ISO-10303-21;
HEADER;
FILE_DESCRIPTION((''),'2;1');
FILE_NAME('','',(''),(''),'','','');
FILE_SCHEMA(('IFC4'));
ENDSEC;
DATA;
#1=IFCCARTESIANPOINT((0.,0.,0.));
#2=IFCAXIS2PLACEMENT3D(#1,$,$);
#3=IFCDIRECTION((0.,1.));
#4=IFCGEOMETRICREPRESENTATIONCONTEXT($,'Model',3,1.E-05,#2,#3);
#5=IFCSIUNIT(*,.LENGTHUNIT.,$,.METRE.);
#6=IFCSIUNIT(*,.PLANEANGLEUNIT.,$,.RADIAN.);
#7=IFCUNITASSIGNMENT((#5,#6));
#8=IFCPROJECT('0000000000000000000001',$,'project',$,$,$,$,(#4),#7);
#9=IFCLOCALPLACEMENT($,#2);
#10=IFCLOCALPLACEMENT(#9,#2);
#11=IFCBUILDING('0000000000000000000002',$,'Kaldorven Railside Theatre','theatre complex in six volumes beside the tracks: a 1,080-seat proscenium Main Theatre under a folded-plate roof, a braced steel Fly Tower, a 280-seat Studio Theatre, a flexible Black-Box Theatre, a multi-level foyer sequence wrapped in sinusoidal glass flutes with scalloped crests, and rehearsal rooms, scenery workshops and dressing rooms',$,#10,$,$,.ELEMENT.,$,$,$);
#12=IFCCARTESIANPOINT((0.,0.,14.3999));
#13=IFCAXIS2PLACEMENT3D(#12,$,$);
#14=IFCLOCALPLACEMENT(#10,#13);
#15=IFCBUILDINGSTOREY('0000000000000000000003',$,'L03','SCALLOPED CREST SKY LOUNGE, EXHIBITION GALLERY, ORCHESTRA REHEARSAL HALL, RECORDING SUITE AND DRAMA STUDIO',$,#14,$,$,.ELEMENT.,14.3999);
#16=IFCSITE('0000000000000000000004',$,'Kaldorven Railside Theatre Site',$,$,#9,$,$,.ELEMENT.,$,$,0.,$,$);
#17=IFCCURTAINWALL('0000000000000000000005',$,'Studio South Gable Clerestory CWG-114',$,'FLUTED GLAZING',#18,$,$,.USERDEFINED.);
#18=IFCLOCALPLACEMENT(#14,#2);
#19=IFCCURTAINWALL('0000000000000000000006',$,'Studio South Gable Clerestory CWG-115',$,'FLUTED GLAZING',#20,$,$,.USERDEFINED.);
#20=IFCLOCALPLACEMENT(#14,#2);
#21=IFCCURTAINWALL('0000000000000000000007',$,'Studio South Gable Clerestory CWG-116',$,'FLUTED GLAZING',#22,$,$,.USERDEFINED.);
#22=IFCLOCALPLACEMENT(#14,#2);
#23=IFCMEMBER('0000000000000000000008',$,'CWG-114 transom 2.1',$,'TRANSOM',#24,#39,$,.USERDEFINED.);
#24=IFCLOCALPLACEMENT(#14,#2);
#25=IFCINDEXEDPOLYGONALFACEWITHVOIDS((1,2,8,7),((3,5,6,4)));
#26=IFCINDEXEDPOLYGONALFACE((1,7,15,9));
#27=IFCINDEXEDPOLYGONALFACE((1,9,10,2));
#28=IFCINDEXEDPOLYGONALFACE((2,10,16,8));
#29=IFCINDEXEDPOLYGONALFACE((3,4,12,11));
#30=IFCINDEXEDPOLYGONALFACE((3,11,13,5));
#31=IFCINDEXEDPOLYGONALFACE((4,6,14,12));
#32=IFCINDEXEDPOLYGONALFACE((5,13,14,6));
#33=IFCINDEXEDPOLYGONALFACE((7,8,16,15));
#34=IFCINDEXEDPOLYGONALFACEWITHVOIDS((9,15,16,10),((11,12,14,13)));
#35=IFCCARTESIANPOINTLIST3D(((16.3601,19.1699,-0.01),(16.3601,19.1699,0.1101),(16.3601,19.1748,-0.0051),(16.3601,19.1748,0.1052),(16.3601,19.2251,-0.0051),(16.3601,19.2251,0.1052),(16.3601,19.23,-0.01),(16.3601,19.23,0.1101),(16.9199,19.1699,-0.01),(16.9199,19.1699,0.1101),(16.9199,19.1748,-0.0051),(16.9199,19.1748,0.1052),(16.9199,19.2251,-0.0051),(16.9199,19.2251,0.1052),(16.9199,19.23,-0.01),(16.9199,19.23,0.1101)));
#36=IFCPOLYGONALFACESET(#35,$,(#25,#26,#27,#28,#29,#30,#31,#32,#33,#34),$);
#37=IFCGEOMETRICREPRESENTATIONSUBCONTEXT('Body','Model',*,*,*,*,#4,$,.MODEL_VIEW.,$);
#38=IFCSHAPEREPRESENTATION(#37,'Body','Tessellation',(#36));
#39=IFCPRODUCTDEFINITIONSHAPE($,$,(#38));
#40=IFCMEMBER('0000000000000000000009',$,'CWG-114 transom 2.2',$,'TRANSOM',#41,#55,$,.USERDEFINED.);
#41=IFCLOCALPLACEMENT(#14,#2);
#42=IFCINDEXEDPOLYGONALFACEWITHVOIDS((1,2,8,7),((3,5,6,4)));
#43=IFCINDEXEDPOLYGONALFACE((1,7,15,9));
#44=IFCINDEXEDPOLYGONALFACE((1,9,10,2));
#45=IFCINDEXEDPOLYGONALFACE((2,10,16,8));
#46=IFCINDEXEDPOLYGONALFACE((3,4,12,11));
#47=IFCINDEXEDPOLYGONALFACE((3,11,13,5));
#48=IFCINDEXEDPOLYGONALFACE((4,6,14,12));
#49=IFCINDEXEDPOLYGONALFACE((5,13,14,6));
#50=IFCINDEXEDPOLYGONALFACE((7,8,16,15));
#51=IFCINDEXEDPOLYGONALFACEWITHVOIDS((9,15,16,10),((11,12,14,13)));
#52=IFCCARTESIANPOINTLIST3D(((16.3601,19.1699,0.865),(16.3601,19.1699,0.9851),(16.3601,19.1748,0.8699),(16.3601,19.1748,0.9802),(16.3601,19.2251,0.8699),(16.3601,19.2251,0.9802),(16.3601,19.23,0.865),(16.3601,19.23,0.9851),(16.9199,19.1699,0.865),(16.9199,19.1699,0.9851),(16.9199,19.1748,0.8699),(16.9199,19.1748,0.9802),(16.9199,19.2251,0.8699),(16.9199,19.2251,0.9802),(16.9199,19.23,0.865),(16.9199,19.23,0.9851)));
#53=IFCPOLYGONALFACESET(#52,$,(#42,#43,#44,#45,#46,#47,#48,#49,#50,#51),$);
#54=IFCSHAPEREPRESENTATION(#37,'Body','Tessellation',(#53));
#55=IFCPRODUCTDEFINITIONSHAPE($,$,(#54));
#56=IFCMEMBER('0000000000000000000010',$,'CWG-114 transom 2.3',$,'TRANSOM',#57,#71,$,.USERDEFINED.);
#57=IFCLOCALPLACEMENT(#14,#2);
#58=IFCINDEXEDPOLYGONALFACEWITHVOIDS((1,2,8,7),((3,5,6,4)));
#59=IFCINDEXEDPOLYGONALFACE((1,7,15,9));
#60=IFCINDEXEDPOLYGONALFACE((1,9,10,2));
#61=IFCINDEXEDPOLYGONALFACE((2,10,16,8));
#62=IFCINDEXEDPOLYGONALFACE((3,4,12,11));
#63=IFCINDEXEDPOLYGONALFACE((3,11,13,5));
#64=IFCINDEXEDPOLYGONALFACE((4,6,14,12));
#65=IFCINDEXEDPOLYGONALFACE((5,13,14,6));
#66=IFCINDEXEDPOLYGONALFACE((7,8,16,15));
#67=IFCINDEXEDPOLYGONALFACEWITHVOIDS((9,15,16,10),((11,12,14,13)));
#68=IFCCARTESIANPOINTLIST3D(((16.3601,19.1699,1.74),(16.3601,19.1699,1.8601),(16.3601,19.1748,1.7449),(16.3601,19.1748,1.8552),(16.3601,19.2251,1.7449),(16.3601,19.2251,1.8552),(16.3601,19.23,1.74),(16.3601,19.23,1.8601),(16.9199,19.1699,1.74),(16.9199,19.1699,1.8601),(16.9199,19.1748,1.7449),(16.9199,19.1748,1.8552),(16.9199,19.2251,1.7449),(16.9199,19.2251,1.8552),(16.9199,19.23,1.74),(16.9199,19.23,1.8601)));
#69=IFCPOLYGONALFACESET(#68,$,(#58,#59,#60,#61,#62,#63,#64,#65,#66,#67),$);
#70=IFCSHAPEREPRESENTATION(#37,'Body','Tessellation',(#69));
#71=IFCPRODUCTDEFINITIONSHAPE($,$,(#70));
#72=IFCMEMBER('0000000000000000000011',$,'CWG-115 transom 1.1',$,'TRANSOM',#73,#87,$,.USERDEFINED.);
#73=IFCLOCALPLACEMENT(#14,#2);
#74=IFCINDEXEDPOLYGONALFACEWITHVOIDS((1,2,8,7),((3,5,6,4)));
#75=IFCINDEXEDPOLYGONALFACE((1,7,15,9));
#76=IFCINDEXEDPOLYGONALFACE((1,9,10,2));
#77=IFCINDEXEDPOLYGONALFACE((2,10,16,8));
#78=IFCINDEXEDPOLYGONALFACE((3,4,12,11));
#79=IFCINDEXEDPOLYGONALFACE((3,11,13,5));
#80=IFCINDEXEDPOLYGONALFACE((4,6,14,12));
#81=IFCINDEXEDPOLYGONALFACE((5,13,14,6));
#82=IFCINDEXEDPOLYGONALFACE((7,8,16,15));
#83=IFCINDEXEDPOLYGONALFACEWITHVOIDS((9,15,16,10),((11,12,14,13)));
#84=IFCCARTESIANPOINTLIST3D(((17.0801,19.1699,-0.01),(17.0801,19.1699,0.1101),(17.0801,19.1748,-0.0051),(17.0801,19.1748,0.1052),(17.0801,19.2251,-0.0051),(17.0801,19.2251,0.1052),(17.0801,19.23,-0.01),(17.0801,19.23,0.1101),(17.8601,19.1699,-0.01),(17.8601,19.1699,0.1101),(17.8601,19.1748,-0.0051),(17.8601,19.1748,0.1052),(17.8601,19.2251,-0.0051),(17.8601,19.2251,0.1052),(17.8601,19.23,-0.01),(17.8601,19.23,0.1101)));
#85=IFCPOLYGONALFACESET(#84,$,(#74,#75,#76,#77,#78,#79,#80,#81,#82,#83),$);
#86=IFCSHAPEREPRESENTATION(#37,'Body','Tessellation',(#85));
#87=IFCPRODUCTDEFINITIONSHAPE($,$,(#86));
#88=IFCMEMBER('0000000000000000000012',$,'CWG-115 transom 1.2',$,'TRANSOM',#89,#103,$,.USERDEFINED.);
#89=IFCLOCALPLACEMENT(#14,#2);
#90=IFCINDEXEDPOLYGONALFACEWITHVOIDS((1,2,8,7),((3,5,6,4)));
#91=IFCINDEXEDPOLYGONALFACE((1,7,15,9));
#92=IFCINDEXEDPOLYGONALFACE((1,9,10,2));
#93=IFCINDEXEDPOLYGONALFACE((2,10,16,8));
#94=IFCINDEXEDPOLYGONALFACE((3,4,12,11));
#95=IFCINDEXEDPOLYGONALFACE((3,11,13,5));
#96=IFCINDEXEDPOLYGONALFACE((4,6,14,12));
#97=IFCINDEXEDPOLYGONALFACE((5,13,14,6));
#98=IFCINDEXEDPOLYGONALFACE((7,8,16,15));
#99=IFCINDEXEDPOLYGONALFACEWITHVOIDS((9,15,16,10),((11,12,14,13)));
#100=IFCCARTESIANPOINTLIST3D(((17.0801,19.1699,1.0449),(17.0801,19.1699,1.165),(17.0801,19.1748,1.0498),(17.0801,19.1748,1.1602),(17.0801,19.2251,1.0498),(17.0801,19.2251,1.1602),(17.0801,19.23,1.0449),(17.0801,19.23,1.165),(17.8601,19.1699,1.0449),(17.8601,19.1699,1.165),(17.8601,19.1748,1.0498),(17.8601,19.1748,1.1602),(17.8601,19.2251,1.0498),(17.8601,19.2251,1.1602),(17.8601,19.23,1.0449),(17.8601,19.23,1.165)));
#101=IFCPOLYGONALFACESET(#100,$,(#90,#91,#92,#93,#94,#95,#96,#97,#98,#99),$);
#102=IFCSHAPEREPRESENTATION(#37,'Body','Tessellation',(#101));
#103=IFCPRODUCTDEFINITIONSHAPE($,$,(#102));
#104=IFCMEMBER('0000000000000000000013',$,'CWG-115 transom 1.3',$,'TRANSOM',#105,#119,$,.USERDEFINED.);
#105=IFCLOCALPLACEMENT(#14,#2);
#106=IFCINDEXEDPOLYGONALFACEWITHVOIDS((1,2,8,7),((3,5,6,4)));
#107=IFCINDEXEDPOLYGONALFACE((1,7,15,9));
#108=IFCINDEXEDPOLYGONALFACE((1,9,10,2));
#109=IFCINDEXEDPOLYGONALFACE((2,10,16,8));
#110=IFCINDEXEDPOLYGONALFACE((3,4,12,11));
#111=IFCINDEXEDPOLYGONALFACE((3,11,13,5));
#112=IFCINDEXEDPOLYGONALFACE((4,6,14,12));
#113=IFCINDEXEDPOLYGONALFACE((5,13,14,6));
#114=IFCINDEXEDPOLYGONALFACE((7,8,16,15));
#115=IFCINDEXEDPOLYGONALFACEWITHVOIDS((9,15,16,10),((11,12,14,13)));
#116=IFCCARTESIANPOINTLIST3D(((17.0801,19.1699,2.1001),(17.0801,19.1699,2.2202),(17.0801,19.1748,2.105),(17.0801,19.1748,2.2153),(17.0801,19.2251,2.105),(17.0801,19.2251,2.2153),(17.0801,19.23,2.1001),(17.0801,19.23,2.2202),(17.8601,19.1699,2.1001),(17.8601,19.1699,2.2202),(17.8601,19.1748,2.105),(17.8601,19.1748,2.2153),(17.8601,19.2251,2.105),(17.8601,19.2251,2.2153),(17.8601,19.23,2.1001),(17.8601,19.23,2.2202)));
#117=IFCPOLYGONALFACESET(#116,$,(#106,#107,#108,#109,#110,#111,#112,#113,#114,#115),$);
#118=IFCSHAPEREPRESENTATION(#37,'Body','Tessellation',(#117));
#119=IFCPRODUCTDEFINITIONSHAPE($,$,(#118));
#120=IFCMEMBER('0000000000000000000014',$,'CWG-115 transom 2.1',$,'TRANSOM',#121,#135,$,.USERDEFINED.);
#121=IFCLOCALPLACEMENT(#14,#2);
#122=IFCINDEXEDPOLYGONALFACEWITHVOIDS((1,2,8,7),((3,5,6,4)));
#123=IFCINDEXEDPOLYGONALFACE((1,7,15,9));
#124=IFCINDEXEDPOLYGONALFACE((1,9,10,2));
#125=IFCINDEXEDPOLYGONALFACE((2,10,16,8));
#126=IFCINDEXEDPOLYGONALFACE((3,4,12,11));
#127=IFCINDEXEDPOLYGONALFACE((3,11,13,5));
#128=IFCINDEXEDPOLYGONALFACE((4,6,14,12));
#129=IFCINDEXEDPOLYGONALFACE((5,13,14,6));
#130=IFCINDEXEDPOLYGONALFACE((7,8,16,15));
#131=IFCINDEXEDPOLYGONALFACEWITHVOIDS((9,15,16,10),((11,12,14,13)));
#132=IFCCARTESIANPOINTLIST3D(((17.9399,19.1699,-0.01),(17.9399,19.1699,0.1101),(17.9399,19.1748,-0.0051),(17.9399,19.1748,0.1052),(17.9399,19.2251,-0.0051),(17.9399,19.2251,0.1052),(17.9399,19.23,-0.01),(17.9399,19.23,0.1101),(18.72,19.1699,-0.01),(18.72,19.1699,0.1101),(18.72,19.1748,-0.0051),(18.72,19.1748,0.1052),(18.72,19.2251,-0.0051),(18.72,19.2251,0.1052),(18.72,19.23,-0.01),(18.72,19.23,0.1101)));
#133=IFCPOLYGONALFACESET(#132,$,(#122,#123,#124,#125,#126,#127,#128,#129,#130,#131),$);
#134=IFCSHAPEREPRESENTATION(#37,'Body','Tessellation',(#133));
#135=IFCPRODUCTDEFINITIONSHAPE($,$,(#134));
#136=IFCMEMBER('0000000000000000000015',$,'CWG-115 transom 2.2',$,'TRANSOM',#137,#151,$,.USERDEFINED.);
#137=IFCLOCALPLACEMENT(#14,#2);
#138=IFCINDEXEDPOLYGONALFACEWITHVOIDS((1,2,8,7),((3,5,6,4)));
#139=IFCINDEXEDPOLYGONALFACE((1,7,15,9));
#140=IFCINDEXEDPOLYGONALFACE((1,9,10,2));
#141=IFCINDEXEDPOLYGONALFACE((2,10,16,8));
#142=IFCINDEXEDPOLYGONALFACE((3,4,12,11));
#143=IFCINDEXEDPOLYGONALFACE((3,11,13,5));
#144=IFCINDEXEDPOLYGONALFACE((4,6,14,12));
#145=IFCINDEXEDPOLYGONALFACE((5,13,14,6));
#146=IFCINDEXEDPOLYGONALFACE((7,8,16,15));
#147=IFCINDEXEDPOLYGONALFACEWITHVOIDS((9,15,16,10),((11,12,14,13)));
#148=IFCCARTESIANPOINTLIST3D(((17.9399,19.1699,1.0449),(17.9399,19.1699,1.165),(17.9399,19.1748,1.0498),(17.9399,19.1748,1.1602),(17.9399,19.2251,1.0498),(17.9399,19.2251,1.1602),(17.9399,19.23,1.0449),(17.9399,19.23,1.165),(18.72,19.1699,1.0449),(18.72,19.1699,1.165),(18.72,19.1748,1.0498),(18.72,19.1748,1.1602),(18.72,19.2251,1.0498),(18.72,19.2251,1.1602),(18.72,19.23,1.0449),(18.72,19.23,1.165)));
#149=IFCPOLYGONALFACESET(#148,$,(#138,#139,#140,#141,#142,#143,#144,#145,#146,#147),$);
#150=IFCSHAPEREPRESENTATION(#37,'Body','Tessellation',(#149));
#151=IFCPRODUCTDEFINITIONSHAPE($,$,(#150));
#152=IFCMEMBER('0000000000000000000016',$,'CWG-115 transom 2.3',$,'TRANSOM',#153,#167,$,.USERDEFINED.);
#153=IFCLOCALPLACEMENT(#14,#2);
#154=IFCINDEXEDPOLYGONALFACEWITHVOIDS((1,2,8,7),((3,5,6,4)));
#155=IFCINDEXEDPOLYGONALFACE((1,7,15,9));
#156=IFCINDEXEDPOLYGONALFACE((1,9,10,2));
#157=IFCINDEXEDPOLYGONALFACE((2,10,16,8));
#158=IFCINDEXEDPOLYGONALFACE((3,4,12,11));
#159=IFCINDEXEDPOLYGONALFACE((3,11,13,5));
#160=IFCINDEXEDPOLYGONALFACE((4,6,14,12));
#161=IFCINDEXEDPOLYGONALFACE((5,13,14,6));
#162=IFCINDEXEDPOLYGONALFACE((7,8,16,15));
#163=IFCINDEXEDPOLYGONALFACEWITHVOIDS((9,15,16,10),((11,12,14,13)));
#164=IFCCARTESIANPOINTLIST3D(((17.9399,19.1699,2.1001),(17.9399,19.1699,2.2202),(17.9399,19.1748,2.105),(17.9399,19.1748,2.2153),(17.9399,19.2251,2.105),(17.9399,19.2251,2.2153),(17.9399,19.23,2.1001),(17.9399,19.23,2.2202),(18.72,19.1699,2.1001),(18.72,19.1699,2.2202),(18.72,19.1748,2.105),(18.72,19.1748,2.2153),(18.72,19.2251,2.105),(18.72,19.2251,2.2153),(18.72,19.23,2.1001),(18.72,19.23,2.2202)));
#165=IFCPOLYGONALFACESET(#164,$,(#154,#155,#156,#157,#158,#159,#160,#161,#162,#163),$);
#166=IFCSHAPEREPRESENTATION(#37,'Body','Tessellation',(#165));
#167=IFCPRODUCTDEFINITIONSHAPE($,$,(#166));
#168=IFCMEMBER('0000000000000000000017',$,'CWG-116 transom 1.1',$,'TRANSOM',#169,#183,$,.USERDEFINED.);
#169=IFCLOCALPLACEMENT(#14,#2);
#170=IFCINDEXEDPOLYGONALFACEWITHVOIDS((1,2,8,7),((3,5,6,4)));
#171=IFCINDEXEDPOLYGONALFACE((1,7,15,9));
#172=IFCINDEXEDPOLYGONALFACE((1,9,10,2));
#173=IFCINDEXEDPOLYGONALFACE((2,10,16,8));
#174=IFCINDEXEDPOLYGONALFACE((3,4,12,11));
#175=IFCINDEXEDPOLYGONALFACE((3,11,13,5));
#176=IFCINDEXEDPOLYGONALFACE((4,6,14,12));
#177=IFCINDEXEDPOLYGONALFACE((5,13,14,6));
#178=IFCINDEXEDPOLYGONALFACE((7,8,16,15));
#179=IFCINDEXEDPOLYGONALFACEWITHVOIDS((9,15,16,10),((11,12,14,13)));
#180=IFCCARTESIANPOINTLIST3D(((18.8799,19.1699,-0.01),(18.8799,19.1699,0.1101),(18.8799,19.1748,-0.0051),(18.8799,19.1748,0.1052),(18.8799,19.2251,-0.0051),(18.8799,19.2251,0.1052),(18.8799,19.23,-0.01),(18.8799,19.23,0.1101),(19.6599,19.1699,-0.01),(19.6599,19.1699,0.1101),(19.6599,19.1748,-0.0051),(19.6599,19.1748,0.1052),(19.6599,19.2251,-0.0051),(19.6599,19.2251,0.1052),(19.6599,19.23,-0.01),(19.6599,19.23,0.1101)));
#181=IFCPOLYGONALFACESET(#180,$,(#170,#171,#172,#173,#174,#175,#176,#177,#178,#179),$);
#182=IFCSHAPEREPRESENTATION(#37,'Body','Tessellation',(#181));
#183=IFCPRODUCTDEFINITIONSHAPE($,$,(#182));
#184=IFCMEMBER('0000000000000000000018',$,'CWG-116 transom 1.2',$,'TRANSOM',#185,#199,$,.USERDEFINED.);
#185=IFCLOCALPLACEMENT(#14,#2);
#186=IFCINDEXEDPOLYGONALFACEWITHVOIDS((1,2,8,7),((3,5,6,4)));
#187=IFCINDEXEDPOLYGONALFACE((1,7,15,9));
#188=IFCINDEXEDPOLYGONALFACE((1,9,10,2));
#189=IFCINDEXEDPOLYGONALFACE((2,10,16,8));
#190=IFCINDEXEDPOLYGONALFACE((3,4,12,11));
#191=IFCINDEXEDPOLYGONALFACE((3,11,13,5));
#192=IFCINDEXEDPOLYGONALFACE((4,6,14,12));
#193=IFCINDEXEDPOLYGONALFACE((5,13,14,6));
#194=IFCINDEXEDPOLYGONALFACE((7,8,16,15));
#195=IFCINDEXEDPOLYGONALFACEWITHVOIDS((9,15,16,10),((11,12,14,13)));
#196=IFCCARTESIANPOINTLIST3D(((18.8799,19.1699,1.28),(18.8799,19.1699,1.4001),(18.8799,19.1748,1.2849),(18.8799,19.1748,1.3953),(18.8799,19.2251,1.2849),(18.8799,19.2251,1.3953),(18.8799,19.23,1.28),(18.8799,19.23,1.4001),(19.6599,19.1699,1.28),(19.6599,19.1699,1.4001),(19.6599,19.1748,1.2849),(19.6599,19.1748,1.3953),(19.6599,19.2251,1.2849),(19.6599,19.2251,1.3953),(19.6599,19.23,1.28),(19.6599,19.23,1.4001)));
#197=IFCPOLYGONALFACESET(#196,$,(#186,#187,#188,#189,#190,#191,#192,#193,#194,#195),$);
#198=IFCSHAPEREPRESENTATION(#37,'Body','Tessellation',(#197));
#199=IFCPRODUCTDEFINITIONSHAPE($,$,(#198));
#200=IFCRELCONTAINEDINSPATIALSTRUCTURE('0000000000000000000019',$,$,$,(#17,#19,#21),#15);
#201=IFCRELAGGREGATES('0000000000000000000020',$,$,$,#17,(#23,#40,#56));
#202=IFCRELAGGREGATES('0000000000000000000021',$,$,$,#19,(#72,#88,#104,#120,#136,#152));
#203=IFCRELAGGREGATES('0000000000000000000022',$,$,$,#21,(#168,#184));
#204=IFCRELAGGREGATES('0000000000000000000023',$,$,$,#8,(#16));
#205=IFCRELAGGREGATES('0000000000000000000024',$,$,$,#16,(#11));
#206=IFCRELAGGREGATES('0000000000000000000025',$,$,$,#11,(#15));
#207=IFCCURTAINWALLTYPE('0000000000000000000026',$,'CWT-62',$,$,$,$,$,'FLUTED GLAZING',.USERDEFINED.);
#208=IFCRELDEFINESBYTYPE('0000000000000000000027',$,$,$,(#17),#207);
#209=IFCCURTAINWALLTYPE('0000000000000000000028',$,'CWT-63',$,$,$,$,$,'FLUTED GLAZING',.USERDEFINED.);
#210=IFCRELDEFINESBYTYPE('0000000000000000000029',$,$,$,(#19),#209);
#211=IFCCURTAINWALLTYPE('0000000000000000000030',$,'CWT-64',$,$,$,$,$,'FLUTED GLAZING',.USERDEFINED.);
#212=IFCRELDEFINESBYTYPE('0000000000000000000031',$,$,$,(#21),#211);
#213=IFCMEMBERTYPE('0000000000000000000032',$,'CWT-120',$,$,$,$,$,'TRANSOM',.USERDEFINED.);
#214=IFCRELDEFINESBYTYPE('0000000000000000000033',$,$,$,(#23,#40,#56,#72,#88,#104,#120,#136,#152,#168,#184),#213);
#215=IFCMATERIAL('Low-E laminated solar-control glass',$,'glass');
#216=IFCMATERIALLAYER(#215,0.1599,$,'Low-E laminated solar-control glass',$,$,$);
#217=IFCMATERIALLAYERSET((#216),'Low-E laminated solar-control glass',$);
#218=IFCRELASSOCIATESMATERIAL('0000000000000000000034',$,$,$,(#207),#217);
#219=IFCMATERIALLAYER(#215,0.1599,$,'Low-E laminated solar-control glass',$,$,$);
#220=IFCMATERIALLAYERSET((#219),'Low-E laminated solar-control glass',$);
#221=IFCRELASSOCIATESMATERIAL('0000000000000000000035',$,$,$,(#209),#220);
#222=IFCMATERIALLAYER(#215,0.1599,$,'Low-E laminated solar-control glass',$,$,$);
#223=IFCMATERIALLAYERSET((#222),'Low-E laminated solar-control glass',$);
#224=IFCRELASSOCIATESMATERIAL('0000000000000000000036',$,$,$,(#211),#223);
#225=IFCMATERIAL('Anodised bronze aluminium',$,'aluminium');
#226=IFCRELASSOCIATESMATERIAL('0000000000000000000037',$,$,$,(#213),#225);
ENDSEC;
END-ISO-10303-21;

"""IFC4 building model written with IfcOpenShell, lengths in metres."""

from ifc_helpers import new_model, si_unit, direction, frame, origin, origin_2d, place, context, subcontext, project, spatial, hollow_rectangle, extrude, material, layer, layer_set, material_profile, profile_set, type_object, element, aggregate, save


model = new_model("IFC4")

# Units and contexts
model_context = context("Model", 3, precision=1e-05, world=origin(), true_north=direction((0.0, 1.0)))
body_context = subcontext(model_context, "Body", "Model", "MODEL_VIEW")
ifc_project = project(units=[si_unit("LENGTHUNIT", "METRE"), si_unit("PLANEANGLEUNIT", "RADIAN")], contexts=[model_context])

# Site, building, storey
site_placement = place(None, origin())
site = spatial("IfcSite", under=ifc_project, at=site_placement, Name="Kaldorven Railside Theatre Site", CompositionType="ELEMENT", RefElevation=0.0)
building_placement = place(site_placement, origin())
building = spatial("IfcBuilding", under=site, at=building_placement, Name="Kaldorven Railside Theatre", Description="theatre complex in six volumes beside the tracks: a 1,080-seat proscenium Main Theatre under a folded-plate roof, a braced steel Fly Tower, a 280-seat Studio Theatre, a flexible Black-Box Theatre, a multi-level foyer sequence wrapped in sinusoidal glass flutes with scalloped crests, and rehearsal rooms, scenery workshops and dressing rooms", CompositionType="ELEMENT")
storey_placement = place(building_placement, frame((0.0, 0.0, 14.3999)))
storey = spatial("IfcBuildingStorey", under=building, at=storey_placement, Name="L03", Description="SCALLOPED CREST SKY LOUNGE, EXHIBITION GALLERY, ORCHESTRA REHEARSAL HALL, RECORDING SUITE AND DRAMA STUDIO", CompositionType="ELEMENT", Elevation=14.3999)

# Curtain walls
ifc_material_1 = material(Name="Low-E laminated solar-control glass", Category="glass")
ifc_layer_1 = layer(ifc_material_1, 0.1599, Name="Low-E laminated solar-control glass")
ifc_layer_set_1 = layer_set([ifc_layer_1], Name="Low-E laminated solar-control glass")
curtain_wall_type_1 = type_object("IfcCurtainWallType", Name="CWT-62", ElementType="FLUTED GLAZING", PredefinedType="USERDEFINED", material=ifc_layer_set_1)
curtain_wall_1_placement = place(storey_placement, origin())
curtain_wall_1 = element("IfcCurtainWall", 1, at=curtain_wall_1_placement, inside=storey, type_object=curtain_wall_type_1, Name="Studio South Gable Clerestory CWG-114", ObjectType="FLUTED GLAZING", PredefinedType="USERDEFINED")
ifc_material_2 = material(Name="Anodised bronze aluminium", Category="aluminium")
ifc_layer_2 = layer(ifc_material_1, 0.1599, Name="Low-E laminated solar-control glass")
ifc_layer_set_2 = layer_set([ifc_layer_2], Name="Low-E laminated solar-control glass")
curtain_wall_type_2 = type_object("IfcCurtainWallType", Name="CWT-63", ElementType="FLUTED GLAZING", PredefinedType="USERDEFINED", material=ifc_layer_set_2)
curtain_wall_2_placement = place(storey_placement, origin())
curtain_wall_2 = element("IfcCurtainWall", 2, at=curtain_wall_2_placement, inside=storey, type_object=curtain_wall_type_2, Name="Studio South Gable Clerestory CWG-115", ObjectType="FLUTED GLAZING", PredefinedType="USERDEFINED")
ifc_layer_3 = layer(ifc_material_1, 0.1599, Name="Low-E laminated solar-control glass")
ifc_layer_set_3 = layer_set([ifc_layer_3], Name="Low-E laminated solar-control glass")
curtain_wall_type_3 = type_object("IfcCurtainWallType", Name="CWT-64", ElementType="FLUTED GLAZING", PredefinedType="USERDEFINED", material=ifc_layer_set_3)
curtain_wall_3_placement = place(storey_placement, origin())
curtain_wall_3 = element("IfcCurtainWall", 3, at=curtain_wall_3_placement, inside=storey, type_object=curtain_wall_type_3, Name="Studio South Gable Clerestory CWG-116", ObjectType="FLUTED GLAZING", PredefinedType="USERDEFINED")

# Members
ifc_material_profile_1 = material_profile(ifc_material_2, hollow_rectangle(XDim=0.0601, YDim=0.1201, WallThickness=0.0049, at=origin_2d()), Name="RHS 120x60x5")
ifc_profile_set_1 = profile_set([ifc_material_profile_1], Name="Anodised bronze aluminium")
member_type_1 = type_object("IfcMemberType", Name="CWT-120", ElementType="TRANSOM", PredefinedType="USERDEFINED", material=ifc_profile_set_1)
member_1_placement = place(storey_placement, frame((16.3601, 19.2, 0.05), z_axis=(1.0, 0.0, 0.0), x_axis=(0.0, 1.0, 0.0)))
member_1 = element("IfcMember", 4, at=member_1_placement, type_object=member_type_1, Name="CWG-114 transom 2.1", ObjectType="TRANSOM", PredefinedType="USERDEFINED", context=body_context, shape_type="SweptSolid", body=[
    extrude(hollow_rectangle(XDim=0.0601, YDim=0.1201, WallThickness=0.0049, at=origin_2d()), origin(), (0.0, 0.0, 1.0), 0.5598),
])
member_2_placement = place(storey_placement, frame((16.3601, 19.2, 0.925), z_axis=(1.0, 0.0, 0.0), x_axis=(0.0, 1.0, 0.0)))
member_2 = element("IfcMember", 5, at=member_2_placement, type_object=member_type_1, Name="CWG-114 transom 2.2", ObjectType="TRANSOM", PredefinedType="USERDEFINED", context=body_context, shape_type="SweptSolid", body=[
    extrude(hollow_rectangle(XDim=0.0601, YDim=0.1201, WallThickness=0.0049, at=origin_2d()), origin(), (0.0, 0.0, 1.0), 0.5598),
])
member_3_placement = place(storey_placement, frame((16.3601, 19.2, 1.8), z_axis=(1.0, 0.0, 0.0), x_axis=(0.0, 1.0, 0.0)))
member_3 = element("IfcMember", 6, at=member_3_placement, type_object=member_type_1, Name="CWG-114 transom 2.3", ObjectType="TRANSOM", PredefinedType="USERDEFINED", context=body_context, shape_type="SweptSolid", body=[
    extrude(hollow_rectangle(XDim=0.0601, YDim=0.1201, WallThickness=0.0049, at=origin_2d()), origin(), (0.0, 0.0, 1.0), 0.5598),
])
member_4_placement = place(storey_placement, frame((17.0801, 19.2, 0.05), z_axis=(1.0, 0.0, 0.0), x_axis=(0.0, 1.0, 0.0)))
member_4 = element("IfcMember", 7, at=member_4_placement, type_object=member_type_1, Name="CWG-115 transom 1.1", ObjectType="TRANSOM", PredefinedType="USERDEFINED", context=body_context, shape_type="SweptSolid", body=[
    extrude(hollow_rectangle(XDim=0.0601, YDim=0.1201, WallThickness=0.0049, at=origin_2d()), origin(), (0.0, 0.0, 1.0), 0.78),
])
member_5_placement = place(storey_placement, frame((17.0801, 19.2, 1.105), z_axis=(1.0, 0.0, 0.0), x_axis=(0.0, 1.0, 0.0)))
member_5 = element("IfcMember", 8, at=member_5_placement, type_object=member_type_1, Name="CWG-115 transom 1.2", ObjectType="TRANSOM", PredefinedType="USERDEFINED", context=body_context, shape_type="SweptSolid", body=[
    extrude(hollow_rectangle(XDim=0.0601, YDim=0.1201, WallThickness=0.0049, at=origin_2d()), origin(), (0.0, 0.0, 1.0), 0.78),
])
member_6_placement = place(storey_placement, frame((17.0801, 19.2, 2.1602), z_axis=(1.0, 0.0, 0.0), x_axis=(0.0, 1.0, 0.0)))
member_6 = element("IfcMember", 9, at=member_6_placement, type_object=member_type_1, Name="CWG-115 transom 1.3", ObjectType="TRANSOM", PredefinedType="USERDEFINED", context=body_context, shape_type="SweptSolid", body=[
    extrude(hollow_rectangle(XDim=0.0601, YDim=0.1201, WallThickness=0.0049, at=origin_2d()), origin(), (0.0, 0.0, 1.0), 0.78),
])
member_7_placement = place(storey_placement, frame((17.9399, 19.2, 0.05), z_axis=(1.0, 0.0, 0.0), x_axis=(0.0, 1.0, 0.0)))
member_7 = element("IfcMember", 10, at=member_7_placement, type_object=member_type_1, Name="CWG-115 transom 2.1", ObjectType="TRANSOM", PredefinedType="USERDEFINED", context=body_context, shape_type="SweptSolid", body=[
    extrude(hollow_rectangle(XDim=0.0601, YDim=0.1201, WallThickness=0.0049, at=origin_2d()), origin(), (0.0, 0.0, 1.0), 0.78),
])
member_8_placement = place(storey_placement, frame((17.9399, 19.2, 1.105), z_axis=(1.0, 0.0, 0.0), x_axis=(0.0, 1.0, 0.0)))
member_8 = element("IfcMember", 11, at=member_8_placement, type_object=member_type_1, Name="CWG-115 transom 2.2", ObjectType="TRANSOM", PredefinedType="USERDEFINED", context=body_context, shape_type="SweptSolid", body=[
    extrude(hollow_rectangle(XDim=0.0601, YDim=0.1201, WallThickness=0.0049, at=origin_2d()), origin(), (0.0, 0.0, 1.0), 0.78),
])
member_9_placement = place(storey_placement, frame((17.9399, 19.2, 2.1602), z_axis=(1.0, 0.0, 0.0), x_axis=(0.0, 1.0, 0.0)))
member_9 = element("IfcMember", 12, at=member_9_placement, type_object=member_type_1, Name="CWG-115 transom 2.3", ObjectType="TRANSOM", PredefinedType="USERDEFINED", context=body_context, shape_type="SweptSolid", body=[
    extrude(hollow_rectangle(XDim=0.0601, YDim=0.1201, WallThickness=0.0049, at=origin_2d()), origin(), (0.0, 0.0, 1.0), 0.78),
])
member_10_placement = place(storey_placement, frame((18.8799, 19.2, 0.05), z_axis=(1.0, 0.0, 0.0), x_axis=(0.0, 1.0, 0.0)))
member_10 = element("IfcMember", 13, at=member_10_placement, type_object=member_type_1, Name="CWG-116 transom 1.1", ObjectType="TRANSOM", PredefinedType="USERDEFINED", context=body_context, shape_type="SweptSolid", body=[
    extrude(hollow_rectangle(XDim=0.0601, YDim=0.1201, WallThickness=0.0049, at=origin_2d()), origin(), (0.0, 0.0, 1.0), 0.78),
])
member_11_placement = place(storey_placement, frame((18.8799, 19.2, 1.3401), z_axis=(1.0, 0.0, 0.0), x_axis=(0.0, 1.0, 0.0)))
member_11 = element("IfcMember", 14, at=member_11_placement, type_object=member_type_1, Name="CWG-116 transom 1.2", ObjectType="TRANSOM", PredefinedType="USERDEFINED", context=body_context, shape_type="SweptSolid", body=[
    extrude(hollow_rectangle(XDim=0.0601, YDim=0.1201, WallThickness=0.0049, at=origin_2d()), origin(), (0.0, 0.0, 1.0), 0.78),
])

aggregate(curtain_wall_1, [member_1, member_2, member_3])
aggregate(curtain_wall_2, [member_4, member_5, member_6, member_7, member_8, member_9])
aggregate(curtain_wall_3, [member_10, member_11])

save(model, "model.ifc")
